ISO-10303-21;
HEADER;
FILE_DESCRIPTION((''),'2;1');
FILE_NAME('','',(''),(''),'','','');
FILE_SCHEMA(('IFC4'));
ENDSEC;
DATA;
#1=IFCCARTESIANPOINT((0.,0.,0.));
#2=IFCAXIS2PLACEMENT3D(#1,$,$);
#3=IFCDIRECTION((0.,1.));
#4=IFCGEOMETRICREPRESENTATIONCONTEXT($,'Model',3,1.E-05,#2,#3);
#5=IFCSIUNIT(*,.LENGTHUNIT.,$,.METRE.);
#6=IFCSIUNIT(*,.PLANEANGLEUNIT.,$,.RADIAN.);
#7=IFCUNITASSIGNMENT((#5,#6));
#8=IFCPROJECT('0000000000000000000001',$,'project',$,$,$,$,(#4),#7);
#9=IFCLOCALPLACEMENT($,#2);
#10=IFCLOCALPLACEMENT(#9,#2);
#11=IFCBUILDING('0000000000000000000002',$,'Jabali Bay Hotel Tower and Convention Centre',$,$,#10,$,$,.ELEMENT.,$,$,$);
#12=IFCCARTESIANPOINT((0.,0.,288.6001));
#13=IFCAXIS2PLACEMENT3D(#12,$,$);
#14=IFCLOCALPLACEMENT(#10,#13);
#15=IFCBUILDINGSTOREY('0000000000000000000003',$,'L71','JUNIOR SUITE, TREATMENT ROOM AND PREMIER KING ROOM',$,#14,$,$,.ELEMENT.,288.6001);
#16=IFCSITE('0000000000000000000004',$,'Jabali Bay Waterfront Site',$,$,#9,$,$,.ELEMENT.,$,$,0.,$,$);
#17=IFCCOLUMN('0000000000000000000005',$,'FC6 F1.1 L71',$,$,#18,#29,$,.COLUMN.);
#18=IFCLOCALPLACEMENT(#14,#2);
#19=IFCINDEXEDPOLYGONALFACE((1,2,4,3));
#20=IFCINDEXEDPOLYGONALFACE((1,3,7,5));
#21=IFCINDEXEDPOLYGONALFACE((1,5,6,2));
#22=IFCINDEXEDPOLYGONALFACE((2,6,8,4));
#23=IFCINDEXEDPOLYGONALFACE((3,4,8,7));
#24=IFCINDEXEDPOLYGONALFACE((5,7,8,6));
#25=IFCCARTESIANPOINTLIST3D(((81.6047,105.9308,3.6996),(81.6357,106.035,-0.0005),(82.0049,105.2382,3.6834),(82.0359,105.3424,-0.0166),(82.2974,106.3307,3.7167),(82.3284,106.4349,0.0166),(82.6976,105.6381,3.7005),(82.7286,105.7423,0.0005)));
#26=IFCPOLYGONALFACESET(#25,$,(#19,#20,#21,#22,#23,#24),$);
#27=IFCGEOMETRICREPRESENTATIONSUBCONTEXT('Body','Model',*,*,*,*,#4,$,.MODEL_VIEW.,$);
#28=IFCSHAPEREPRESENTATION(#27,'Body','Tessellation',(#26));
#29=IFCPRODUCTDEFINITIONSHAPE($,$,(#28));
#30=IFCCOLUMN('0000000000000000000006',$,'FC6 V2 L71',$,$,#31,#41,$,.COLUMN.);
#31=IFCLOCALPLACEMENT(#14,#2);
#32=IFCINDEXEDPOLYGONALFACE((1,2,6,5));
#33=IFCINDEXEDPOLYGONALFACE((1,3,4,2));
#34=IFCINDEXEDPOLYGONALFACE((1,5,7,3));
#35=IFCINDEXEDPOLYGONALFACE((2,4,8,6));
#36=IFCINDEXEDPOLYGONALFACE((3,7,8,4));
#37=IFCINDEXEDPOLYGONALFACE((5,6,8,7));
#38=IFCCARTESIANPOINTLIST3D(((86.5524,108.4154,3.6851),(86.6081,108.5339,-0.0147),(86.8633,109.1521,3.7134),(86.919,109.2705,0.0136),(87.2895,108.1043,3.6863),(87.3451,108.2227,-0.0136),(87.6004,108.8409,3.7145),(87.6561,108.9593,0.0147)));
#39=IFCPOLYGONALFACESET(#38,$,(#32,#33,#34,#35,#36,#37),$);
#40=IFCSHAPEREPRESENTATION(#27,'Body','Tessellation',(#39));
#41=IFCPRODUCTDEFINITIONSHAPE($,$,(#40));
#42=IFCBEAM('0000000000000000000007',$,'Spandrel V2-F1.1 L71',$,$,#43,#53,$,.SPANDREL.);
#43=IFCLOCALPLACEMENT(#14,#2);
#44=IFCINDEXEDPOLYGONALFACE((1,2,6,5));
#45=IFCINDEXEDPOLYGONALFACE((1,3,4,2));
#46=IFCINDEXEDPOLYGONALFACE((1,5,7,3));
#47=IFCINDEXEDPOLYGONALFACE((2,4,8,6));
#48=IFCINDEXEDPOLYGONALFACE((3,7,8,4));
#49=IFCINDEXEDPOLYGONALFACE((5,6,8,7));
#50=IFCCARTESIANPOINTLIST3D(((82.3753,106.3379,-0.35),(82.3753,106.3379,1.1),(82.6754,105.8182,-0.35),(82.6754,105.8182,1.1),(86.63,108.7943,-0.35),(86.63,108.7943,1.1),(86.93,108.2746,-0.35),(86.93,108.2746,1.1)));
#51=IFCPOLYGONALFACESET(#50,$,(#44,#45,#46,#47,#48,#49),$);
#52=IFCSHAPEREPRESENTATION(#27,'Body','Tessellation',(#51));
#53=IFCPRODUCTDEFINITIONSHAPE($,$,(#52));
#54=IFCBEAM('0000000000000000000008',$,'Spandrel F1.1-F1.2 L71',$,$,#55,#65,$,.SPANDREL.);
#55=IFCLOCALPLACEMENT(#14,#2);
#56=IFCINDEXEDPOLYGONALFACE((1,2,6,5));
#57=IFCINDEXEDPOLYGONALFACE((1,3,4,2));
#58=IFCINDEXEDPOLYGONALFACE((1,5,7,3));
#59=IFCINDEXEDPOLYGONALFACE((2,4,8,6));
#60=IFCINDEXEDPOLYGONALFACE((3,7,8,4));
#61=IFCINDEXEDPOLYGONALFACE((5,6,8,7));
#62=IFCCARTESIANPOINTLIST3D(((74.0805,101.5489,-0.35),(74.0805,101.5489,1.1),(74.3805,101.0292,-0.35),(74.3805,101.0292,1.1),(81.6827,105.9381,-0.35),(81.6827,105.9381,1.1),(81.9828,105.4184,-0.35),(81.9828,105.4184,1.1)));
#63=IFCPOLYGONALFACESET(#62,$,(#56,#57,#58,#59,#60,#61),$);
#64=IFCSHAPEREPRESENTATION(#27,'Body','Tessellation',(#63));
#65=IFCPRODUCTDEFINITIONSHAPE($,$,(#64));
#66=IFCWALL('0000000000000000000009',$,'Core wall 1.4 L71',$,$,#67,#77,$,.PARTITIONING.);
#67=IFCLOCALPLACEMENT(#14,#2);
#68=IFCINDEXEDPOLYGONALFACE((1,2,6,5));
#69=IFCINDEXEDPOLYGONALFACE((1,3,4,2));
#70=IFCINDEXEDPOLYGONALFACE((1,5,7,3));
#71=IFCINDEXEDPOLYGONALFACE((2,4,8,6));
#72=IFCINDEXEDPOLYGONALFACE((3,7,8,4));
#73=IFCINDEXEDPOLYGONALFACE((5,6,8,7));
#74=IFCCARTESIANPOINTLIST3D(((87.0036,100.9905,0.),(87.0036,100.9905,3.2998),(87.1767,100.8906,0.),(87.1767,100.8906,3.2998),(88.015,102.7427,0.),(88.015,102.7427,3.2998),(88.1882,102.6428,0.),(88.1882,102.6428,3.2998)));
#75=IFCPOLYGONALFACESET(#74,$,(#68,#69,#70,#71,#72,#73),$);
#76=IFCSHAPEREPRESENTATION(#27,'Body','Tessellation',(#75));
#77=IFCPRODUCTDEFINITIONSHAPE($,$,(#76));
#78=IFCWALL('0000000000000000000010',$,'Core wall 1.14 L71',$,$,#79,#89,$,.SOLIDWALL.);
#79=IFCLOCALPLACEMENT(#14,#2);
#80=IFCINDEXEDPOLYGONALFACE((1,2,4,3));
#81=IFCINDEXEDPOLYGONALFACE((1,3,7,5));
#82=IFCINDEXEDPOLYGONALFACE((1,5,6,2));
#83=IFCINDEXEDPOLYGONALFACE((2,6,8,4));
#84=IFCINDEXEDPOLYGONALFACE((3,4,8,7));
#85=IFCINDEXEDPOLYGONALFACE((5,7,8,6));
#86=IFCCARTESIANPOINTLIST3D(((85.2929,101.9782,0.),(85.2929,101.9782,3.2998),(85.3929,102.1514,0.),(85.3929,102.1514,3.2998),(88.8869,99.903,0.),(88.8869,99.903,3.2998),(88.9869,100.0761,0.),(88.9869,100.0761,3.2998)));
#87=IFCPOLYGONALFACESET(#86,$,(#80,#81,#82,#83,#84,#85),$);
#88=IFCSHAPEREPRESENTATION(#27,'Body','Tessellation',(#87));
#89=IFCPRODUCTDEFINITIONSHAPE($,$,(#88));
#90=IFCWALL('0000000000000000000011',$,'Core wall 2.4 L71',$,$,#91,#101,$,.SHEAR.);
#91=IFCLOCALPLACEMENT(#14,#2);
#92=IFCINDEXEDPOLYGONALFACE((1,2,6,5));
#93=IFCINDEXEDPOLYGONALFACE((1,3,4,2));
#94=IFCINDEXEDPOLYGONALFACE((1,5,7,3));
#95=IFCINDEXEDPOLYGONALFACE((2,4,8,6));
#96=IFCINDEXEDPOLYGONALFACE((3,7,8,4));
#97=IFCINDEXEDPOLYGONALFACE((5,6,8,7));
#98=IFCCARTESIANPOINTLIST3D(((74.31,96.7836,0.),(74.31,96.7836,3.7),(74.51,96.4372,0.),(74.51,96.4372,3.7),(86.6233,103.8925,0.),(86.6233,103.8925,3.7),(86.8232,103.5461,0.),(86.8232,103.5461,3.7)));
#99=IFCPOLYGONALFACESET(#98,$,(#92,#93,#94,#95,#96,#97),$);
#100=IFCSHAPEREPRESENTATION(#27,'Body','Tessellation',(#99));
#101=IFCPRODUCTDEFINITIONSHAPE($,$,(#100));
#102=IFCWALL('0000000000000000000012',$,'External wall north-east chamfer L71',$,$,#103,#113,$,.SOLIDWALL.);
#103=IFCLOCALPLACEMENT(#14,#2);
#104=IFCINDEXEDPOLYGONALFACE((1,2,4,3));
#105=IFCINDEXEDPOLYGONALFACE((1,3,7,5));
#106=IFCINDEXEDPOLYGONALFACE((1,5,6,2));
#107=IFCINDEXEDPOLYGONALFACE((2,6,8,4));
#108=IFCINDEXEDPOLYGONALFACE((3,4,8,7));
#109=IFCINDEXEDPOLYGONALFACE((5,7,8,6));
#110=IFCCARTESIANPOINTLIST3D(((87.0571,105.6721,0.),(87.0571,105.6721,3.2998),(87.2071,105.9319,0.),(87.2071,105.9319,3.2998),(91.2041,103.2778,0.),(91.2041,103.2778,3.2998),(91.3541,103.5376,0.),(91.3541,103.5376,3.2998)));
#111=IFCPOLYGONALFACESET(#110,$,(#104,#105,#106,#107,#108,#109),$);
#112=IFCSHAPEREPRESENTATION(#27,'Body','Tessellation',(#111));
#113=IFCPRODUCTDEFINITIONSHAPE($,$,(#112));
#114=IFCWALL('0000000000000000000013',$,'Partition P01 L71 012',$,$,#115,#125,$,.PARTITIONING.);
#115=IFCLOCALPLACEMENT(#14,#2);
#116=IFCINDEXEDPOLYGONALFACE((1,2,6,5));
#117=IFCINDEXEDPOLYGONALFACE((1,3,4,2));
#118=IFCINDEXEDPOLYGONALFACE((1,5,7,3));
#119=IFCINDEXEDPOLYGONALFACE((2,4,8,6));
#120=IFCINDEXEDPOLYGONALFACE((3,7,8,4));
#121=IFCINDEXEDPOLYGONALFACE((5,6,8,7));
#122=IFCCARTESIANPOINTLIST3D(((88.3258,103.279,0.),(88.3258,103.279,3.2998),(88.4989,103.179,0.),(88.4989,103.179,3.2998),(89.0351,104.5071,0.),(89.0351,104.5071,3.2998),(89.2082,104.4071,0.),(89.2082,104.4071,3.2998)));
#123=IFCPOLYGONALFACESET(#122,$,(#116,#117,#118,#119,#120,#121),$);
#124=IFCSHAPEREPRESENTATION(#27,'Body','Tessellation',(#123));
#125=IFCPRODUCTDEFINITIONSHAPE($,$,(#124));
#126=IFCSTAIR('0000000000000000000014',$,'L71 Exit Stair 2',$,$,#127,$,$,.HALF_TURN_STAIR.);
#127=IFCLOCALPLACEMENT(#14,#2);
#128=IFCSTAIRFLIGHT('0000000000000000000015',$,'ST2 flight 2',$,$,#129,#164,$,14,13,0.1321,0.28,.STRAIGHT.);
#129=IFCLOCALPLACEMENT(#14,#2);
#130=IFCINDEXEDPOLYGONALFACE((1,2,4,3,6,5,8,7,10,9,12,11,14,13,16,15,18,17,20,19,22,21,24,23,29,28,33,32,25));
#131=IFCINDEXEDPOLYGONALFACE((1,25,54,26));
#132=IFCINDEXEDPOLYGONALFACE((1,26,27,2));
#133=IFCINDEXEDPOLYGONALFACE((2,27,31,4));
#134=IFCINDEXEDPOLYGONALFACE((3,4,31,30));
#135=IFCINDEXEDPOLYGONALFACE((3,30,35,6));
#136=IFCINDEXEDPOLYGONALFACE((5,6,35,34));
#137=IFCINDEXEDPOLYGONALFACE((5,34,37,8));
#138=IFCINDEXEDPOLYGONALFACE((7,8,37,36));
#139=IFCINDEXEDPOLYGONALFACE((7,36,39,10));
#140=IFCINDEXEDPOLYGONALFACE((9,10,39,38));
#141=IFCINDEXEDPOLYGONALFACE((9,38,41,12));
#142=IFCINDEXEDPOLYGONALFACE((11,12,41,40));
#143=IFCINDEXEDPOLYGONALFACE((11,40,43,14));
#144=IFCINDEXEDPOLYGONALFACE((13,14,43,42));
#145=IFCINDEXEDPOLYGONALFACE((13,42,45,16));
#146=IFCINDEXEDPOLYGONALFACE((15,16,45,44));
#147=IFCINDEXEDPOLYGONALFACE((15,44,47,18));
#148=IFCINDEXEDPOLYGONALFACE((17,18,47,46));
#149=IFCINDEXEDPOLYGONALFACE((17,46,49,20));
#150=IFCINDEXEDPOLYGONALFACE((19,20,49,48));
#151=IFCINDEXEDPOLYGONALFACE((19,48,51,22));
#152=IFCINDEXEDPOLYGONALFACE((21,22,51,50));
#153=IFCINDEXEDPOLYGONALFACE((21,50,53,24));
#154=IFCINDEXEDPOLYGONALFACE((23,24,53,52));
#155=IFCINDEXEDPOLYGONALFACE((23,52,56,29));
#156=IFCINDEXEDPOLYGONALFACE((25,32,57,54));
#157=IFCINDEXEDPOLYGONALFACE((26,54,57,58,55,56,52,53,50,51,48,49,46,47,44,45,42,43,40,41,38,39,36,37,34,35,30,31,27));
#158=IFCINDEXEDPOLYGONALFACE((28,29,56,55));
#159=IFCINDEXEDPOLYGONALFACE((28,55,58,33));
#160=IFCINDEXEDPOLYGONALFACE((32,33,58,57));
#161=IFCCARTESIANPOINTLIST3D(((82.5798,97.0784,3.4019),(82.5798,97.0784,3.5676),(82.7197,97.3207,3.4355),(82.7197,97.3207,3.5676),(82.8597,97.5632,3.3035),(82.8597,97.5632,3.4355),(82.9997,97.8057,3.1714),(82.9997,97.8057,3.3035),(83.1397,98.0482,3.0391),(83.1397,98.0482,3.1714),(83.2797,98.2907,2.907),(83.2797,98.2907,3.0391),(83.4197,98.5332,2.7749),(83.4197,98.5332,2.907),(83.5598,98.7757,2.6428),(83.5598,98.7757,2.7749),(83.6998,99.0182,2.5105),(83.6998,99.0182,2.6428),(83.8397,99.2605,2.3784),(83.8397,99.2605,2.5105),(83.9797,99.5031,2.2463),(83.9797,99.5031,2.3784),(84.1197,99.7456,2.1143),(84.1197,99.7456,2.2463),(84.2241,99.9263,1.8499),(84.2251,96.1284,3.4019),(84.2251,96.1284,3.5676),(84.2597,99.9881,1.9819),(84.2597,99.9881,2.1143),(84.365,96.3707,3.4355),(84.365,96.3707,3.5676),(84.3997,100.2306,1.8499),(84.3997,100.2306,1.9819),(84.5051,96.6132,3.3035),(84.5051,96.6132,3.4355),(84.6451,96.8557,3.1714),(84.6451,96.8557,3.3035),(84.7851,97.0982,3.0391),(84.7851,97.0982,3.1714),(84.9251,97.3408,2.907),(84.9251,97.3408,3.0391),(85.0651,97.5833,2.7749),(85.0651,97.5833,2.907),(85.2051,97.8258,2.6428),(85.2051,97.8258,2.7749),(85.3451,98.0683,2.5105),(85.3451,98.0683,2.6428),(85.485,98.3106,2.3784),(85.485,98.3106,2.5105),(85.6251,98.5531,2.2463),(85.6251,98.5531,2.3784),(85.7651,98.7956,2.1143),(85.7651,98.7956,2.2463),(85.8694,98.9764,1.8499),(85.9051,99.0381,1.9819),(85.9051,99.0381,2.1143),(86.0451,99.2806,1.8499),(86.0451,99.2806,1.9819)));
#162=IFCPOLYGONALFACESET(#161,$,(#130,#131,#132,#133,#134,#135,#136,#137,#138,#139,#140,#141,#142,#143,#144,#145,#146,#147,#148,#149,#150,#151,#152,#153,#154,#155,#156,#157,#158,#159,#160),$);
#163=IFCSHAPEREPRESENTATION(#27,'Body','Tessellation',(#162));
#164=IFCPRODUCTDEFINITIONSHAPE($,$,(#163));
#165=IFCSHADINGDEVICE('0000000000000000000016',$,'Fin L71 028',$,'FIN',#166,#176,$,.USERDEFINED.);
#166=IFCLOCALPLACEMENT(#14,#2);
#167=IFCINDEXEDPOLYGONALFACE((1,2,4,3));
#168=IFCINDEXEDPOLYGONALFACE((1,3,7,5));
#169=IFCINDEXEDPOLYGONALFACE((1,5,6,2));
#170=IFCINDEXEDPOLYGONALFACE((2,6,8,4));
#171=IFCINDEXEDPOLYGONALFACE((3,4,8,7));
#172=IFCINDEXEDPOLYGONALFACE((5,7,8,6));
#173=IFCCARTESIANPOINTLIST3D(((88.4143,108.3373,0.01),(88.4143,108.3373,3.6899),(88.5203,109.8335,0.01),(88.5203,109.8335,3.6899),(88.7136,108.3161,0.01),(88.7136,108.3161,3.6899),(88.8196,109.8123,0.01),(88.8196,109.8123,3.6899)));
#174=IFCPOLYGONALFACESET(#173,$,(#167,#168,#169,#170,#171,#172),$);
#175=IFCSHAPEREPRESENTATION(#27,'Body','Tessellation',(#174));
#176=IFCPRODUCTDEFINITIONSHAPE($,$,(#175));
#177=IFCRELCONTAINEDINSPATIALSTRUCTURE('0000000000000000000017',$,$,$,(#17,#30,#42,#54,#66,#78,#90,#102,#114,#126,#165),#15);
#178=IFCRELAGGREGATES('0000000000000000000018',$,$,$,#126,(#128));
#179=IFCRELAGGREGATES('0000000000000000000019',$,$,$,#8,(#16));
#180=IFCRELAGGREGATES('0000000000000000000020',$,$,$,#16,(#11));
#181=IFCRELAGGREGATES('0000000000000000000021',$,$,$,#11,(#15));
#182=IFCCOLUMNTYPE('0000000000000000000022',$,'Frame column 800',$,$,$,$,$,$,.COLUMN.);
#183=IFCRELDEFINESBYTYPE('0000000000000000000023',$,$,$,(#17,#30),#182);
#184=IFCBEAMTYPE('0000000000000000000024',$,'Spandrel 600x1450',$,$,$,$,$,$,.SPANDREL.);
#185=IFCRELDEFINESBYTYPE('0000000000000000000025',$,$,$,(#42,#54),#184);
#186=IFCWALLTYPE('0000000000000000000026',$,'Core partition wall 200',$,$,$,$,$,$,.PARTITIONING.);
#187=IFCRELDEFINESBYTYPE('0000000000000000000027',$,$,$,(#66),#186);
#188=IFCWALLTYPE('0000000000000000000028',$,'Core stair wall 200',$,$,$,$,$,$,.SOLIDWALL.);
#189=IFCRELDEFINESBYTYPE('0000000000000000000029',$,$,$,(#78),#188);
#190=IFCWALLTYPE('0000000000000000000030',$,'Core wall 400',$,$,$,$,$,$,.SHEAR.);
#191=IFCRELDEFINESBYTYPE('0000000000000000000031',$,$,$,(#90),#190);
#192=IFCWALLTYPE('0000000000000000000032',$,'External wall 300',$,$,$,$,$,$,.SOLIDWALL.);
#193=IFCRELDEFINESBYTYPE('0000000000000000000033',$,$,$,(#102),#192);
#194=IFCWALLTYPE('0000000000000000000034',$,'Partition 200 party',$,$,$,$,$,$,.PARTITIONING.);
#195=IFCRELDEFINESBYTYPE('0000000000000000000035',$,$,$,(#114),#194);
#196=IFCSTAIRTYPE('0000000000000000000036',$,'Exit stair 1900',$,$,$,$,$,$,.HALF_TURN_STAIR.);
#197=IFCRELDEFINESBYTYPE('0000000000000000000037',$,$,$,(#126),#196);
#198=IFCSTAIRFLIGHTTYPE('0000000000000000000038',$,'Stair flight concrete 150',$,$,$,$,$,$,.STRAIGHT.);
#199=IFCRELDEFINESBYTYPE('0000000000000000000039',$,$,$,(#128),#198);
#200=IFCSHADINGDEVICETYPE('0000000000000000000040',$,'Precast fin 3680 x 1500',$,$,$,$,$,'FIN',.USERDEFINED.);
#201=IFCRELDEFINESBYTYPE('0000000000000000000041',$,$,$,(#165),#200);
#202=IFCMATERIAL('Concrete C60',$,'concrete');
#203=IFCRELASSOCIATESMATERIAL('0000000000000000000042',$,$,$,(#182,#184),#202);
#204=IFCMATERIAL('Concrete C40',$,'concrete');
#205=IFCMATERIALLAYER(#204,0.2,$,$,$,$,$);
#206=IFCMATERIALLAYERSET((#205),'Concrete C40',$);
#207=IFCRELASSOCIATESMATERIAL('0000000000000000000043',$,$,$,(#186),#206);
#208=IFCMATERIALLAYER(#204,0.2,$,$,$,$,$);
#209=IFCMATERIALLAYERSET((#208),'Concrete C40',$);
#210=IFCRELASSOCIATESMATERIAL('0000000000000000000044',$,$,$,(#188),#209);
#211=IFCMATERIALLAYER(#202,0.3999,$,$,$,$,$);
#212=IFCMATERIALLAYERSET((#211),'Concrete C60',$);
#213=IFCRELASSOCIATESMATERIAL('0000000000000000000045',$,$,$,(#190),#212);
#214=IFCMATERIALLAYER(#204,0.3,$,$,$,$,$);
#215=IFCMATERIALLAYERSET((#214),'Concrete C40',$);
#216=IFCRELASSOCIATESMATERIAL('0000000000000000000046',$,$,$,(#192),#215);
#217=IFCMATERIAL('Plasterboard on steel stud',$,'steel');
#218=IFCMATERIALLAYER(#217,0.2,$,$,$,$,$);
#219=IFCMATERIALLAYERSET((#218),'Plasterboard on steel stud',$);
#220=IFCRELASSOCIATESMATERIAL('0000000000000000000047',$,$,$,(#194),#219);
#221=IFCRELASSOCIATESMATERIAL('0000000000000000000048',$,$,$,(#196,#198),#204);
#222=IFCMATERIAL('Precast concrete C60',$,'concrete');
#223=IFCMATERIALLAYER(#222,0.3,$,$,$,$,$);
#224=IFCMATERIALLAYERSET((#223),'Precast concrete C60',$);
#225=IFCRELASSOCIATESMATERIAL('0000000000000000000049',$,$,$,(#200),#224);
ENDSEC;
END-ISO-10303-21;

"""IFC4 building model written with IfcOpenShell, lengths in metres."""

from ifc_helpers import new_model, si_unit, direction, frame, frame_2d, origin, origin_2d, place, context, subcontext, project, spatial, polyline, rectangle, outline, extrude, material, layer, layer_set, material_profile, profile_set, type_object, element, aggregate, save


model = new_model("IFC4")

# Units and contexts
model_context = context("Model", 3, precision=1e-05, world=origin(), true_north=direction((0.0, 1.0)))
body_context = subcontext(model_context, "Body", "Model", "MODEL_VIEW")
ifc_project = project(units=[si_unit("LENGTHUNIT", "METRE"), si_unit("PLANEANGLEUNIT", "RADIAN")], contexts=[model_context])

# Site, building, storey
site_placement = place(None, origin())
site = spatial("IfcSite", under=ifc_project, at=site_placement, Name="Jabali Bay Waterfront Site", CompositionType="ELEMENT", RefElevation=0.0)
building_placement = place(site_placement, origin())
building = spatial("IfcBuilding", under=site, at=building_placement, Name="Jabali Bay Hotel Tower and Convention Centre", CompositionType="ELEMENT")
storey_placement = place(building_placement, frame((0.0, 0.0, 288.6001)))
storey = spatial("IfcBuildingStorey", under=building, at=storey_placement, Name="L71", Description="JUNIOR SUITE, TREATMENT ROOM AND PREMIER KING ROOM", CompositionType="ELEMENT", Elevation=288.6001)

# Columns
ifc_material_1 = material(Name="Concrete C60", Category="concrete")
ifc_material_profile_1 = material_profile(ifc_material_1, rectangle(XDim=0.8, YDim=0.8, at=origin_2d()), Name="Frame column 800")
ifc_profile_set_1 = profile_set([ifc_material_profile_1], Name="Concrete C60")
column_type = type_object("IfcColumnType", Name="Frame column 800", PredefinedType="COLUMN", material=ifc_profile_set_1)
column_1_placement = place(storey_placement, frame((82.1821, 105.8887, 0.0), z_axis=(-0.008376, -0.028163, 0.999568), x_axis=(0.865852, 0.499845, 0.021339)))
element("IfcColumn", 1, at=column_1_placement, inside=storey, type_object=column_type, Name="FC6 F1.1 L71", PredefinedType="COLUMN", context=body_context, shape_type="SweptSolid", body=[
    extrude(rectangle(XDim=0.8, YDim=0.8, at=origin_2d()), origin(), (0.0, 0.0, 1.0), 3.7017),
])
column_2_placement = place(storey_placement, frame((87.1321, 108.7466, 0.0), z_axis=(-0.015035, -0.031983, 0.999375), x_axis=(0.921271, -0.38892, 0.001414)))
element("IfcColumn", 2, at=column_2_placement, inside=storey, type_object=column_type, Name="FC6 V2 L71", PredefinedType="COLUMN", context=body_context, shape_type="SweptSolid", body=[
    extrude(rectangle(XDim=0.8, YDim=0.8, at=origin_2d()), origin(), (0.0, 0.0, 1.0), 3.7021),
])

# Beams
ifc_material_profile_2 = material_profile(ifc_material_1, rectangle(XDim=0.6001, YDim=1.45, at=origin_2d()), Name="Spandrel 600x1450")
ifc_profile_set_2 = profile_set([ifc_material_profile_2], Name="Concrete C60")
beam_type = type_object("IfcBeamType", Name="Spandrel 600x1450", PredefinedType="SPANDREL", material=ifc_profile_set_2)
beam_1_placement = place(storey_placement, frame((86.78, 108.5344, 0.375), z_axis=(-0.866036, -0.499982, 0.0), x_axis=(0.499982, -0.866036, 0.0)))
element("IfcBeam", 3, at=beam_1_placement, inside=storey, type_object=beam_type, Name="Spandrel V2-F1.1 L71", PredefinedType="SPANDREL", context=body_context, shape_type="SweptSolid", body=[
    extrude(rectangle(XDim=0.6001, YDim=1.45, at=origin_2d()), origin(), (0.0, 0.0, 1.0), 4.9128),
])
beam_2_placement = place(storey_placement, frame((81.8328, 105.6782, 0.375), z_axis=(-0.866027, -0.499998, 0.0), x_axis=(0.499998, -0.866027, 0.0)))
element("IfcBeam", 4, at=beam_2_placement, inside=storey, type_object=beam_type, Name="Spandrel F1.1-F1.2 L71", PredefinedType="SPANDREL", context=body_context, shape_type="SweptSolid", body=[
    extrude(rectangle(XDim=0.6001, YDim=1.45, at=origin_2d()), origin(), (0.0, 0.0, 1.0), 8.7783),
])

# Walls
ifc_material_2 = material(Name="Concrete C40", Category="concrete")
ifc_layer_1 = layer(ifc_material_2, 0.2)
ifc_layer_set_1 = layer_set([ifc_layer_1], Name="Concrete C40")
wall_type_1 = type_object("IfcWallType", Name="Core partition wall 200", PredefinedType="PARTITIONING", material=ifc_layer_set_1)
wall_1_placement = place(storey_placement, frame((87.0901, 100.9404, 0.0), z_axis=(0.0, 0.0, 1.0), x_axis=(0.499942, 0.866059, 0.0)))
element("IfcWall", 5, at=wall_1_placement, inside=storey, type_object=wall_type_1, Name="Core wall 1.4 L71", PredefinedType="PARTITIONING", context=body_context, shape_type="SweptSolid", body=[
    extrude(rectangle(XDim=2.0232, YDim=0.2, at=frame_2d((1.0117, 0.0))), origin(), (0.0, 0.0, 1.0), 3.2998),
])
ifc_layer_2 = layer(ifc_material_2, 0.2)
ifc_layer_set_2 = layer_set([ifc_layer_2], Name="Concrete C40")
wall_type_2 = type_object("IfcWallType", Name="Core stair wall 200", PredefinedType="SOLIDWALL", material=ifc_layer_set_2)
wall_2_placement = place(storey_placement, frame((88.937, 99.9895, 0.0), z_axis=(0.0, 0.0, 1.0), x_axis=(-0.866004, 0.500036, 0.0)))
element("IfcWall", 6, at=wall_2_placement, inside=storey, type_object=wall_type_2, Name="Core wall 1.14 L71", PredefinedType="SOLIDWALL", context=body_context, shape_type="SweptSolid", body=[
    extrude(rectangle(XDim=4.1501, YDim=0.2, at=frame_2d((2.0752, 0.0))), origin(), (0.0, 0.0, 1.0), 3.2998),
])
ifc_layer_3 = layer(ifc_material_1, 0.3999)
ifc_layer_set_3 = layer_set([ifc_layer_3], Name="Concrete C60")
wall_type_3 = type_object("IfcWallType", Name="Core wall 400", PredefinedType="SHEAR", material=ifc_layer_set_3)
wall_3_placement = place(storey_placement, frame((86.7231, 103.7192, 0.0), z_axis=(0.0, 0.0, 1.0), x_axis=(-0.86603, -0.499991, 0.0)))
element("IfcWall", 7, at=wall_3_placement, inside=storey, type_object=wall_type_3, Name="Core wall 2.4 L71", PredefinedType="SHEAR", context=body_context, shape_type="SweptSolid", body=[
    extrude(rectangle(XDim=14.218, YDim=0.3999, at=frame_2d((7.1089, 0.0))), origin(), (0.0, 0.0, 1.0), 3.7),
])
ifc_layer_4 = layer(ifc_material_2, 0.3)
ifc_layer_set_4 = layer_set([ifc_layer_4], Name="Concrete C40")
wall_type_4 = type_object("IfcWallType", Name="External wall 300", PredefinedType="SOLIDWALL", material=ifc_layer_set_4)
wall_4_placement = place(storey_placement, frame((87.1321, 105.802, 0.0), z_axis=(0.0, 0.0, 1.0), x_axis=(0.866023, -0.500005, 0.0)))
element("IfcWall", 8, at=wall_4_placement, inside=storey, type_object=wall_type_4, Name="External wall north-east chamfer L71", PredefinedType="SOLIDWALL", context=body_context, shape_type="SweptSolid", body=[
    extrude(rectangle(XDim=4.7886, YDim=0.3, at=frame_2d((2.3943, 0.0))), origin(), (0.0, 0.0, 1.0), 3.2998),
])
ifc_material_3 = material(Name="Plasterboard on steel stud", Category="steel")
ifc_layer_5 = layer(ifc_material_3, 0.2)
ifc_layer_set_5 = layer_set([ifc_layer_5], Name="Plasterboard on steel stud")
wall_type_5 = type_object("IfcWallType", Name="Partition 200 party", PredefinedType="PARTITIONING", material=ifc_layer_set_5)
wall_5_placement = place(storey_placement, frame((89.1216, 104.457, 0.0), z_axis=(0.0, 0.0, 1.0), x_axis=(-0.50012, -0.865956, 0.0)))
element("IfcWall", 9, at=wall_5_placement, inside=storey, type_object=wall_type_5, Name="Partition P01 L71 012", PredefinedType="PARTITIONING", context=body_context, shape_type="SweptSolid", body=[
    extrude(rectangle(XDim=1.4182, YDim=0.2, at=frame_2d((0.709, 0.0))), origin(), (0.0, 0.0, 1.0), 3.2998),
])

# Stair, stair flight
stair_type = type_object("IfcStairType", Name="Exit stair 1900", PredefinedType="HALF_TURN_STAIR", material=ifc_material_2)
stair_placement = place(storey_placement, origin())
stair = element("IfcStair", 10, at=stair_placement, inside=storey, type_object=stair_type, Name="L71 Exit Stair 2", PredefinedType="HALF_TURN_STAIR")
stair_flight_type = type_object("IfcStairFlightType", Name="Stair flight concrete 150", PredefinedType="STRAIGHT", material=ifc_material_2)
stair_flight_placement = place(storey_placement, frame((85.2224, 99.7556, 1.8499), z_axis=(0.0, 0.0, 1.0), x_axis=(-0.5, -0.866025, 0.0)))
stair_flight = element("IfcStairFlight", 11, at=stair_flight_placement, type_object=stair_flight_type, Name="ST2 flight 2", NumberOfRisers=14, NumberOfTreads=13, PredefinedType="STRAIGHT", RiserHeight=0.1321, TreadLength=0.28, context=body_context, shape_type="SweptSolid", body=[
    extrude(outline(polyline([(0.0, 0.0), (0.0, 0.1321), (0.28, 0.1321), (0.28, 0.2644), (0.5601, 0.2644), (0.5601, 0.3965), (0.8401, 0.3965), (0.8401, 0.5286), (1.1201, 0.5286), (1.1201, 0.6606), (1.3999, 0.6606), (1.3999, 0.793), (1.6799, 0.793), (1.6799, 0.925), (1.96, 0.925), (1.96, 1.0571), (2.24, 1.0571), (2.24, 1.1892), (2.52, 1.1892), (2.52, 1.3215), (2.8, 1.3215), (2.8, 1.4536), (3.0801, 1.4536), (3.0801, 1.5857), (3.3601, 1.5857), (3.3601, 1.7178), (3.6399, 1.7178), (3.6399, 1.8501), (3.6399, 1.552), (0.3513, 0.0), (0.0, 0.0)])), frame((0.0, 0.95, 0.0), z_axis=(0.0, -1.0, 0.0), x_axis=(1.0, 0.0, 0.0)), (0.0, 0.0, 1.0), 1.8999),
])
aggregate(stair, [stair_flight])

# Shading device
ifc_material_4 = material(Name="Precast concrete C60", Category="concrete")
ifc_layer_6 = layer(ifc_material_4, 0.3)
ifc_layer_set_6 = layer_set([ifc_layer_6], Name="Precast concrete C60")
shading_device_type = type_object("IfcShadingDeviceType", Name="Precast fin 3680 x 1500", ElementType="FIN", PredefinedType="USERDEFINED", material=ifc_layer_set_6)
for number, where, z_axis, x_axis, name in (
    (12, (88.564, 108.3267, 0.01), (0.0, 0.0, 1.0), (0.070634, 0.997502, 0.0), "Fin L71 028"),
):
    element("IfcShadingDevice", number, at=place(storey_placement, frame(where, z_axis=z_axis, x_axis=x_axis)), inside=storey, type_object=shading_device_type, Name=name, ObjectType="FIN", PredefinedType="USERDEFINED", context=body_context, shape_type="SweptSolid", body=[
        extrude(rectangle(XDim=1.5, YDim=0.3, at=frame_2d((0.75, 0.0))), origin(), (0.0, 0.0, 1.0), 3.6799),
    ])

save(model, "model.ifc")
